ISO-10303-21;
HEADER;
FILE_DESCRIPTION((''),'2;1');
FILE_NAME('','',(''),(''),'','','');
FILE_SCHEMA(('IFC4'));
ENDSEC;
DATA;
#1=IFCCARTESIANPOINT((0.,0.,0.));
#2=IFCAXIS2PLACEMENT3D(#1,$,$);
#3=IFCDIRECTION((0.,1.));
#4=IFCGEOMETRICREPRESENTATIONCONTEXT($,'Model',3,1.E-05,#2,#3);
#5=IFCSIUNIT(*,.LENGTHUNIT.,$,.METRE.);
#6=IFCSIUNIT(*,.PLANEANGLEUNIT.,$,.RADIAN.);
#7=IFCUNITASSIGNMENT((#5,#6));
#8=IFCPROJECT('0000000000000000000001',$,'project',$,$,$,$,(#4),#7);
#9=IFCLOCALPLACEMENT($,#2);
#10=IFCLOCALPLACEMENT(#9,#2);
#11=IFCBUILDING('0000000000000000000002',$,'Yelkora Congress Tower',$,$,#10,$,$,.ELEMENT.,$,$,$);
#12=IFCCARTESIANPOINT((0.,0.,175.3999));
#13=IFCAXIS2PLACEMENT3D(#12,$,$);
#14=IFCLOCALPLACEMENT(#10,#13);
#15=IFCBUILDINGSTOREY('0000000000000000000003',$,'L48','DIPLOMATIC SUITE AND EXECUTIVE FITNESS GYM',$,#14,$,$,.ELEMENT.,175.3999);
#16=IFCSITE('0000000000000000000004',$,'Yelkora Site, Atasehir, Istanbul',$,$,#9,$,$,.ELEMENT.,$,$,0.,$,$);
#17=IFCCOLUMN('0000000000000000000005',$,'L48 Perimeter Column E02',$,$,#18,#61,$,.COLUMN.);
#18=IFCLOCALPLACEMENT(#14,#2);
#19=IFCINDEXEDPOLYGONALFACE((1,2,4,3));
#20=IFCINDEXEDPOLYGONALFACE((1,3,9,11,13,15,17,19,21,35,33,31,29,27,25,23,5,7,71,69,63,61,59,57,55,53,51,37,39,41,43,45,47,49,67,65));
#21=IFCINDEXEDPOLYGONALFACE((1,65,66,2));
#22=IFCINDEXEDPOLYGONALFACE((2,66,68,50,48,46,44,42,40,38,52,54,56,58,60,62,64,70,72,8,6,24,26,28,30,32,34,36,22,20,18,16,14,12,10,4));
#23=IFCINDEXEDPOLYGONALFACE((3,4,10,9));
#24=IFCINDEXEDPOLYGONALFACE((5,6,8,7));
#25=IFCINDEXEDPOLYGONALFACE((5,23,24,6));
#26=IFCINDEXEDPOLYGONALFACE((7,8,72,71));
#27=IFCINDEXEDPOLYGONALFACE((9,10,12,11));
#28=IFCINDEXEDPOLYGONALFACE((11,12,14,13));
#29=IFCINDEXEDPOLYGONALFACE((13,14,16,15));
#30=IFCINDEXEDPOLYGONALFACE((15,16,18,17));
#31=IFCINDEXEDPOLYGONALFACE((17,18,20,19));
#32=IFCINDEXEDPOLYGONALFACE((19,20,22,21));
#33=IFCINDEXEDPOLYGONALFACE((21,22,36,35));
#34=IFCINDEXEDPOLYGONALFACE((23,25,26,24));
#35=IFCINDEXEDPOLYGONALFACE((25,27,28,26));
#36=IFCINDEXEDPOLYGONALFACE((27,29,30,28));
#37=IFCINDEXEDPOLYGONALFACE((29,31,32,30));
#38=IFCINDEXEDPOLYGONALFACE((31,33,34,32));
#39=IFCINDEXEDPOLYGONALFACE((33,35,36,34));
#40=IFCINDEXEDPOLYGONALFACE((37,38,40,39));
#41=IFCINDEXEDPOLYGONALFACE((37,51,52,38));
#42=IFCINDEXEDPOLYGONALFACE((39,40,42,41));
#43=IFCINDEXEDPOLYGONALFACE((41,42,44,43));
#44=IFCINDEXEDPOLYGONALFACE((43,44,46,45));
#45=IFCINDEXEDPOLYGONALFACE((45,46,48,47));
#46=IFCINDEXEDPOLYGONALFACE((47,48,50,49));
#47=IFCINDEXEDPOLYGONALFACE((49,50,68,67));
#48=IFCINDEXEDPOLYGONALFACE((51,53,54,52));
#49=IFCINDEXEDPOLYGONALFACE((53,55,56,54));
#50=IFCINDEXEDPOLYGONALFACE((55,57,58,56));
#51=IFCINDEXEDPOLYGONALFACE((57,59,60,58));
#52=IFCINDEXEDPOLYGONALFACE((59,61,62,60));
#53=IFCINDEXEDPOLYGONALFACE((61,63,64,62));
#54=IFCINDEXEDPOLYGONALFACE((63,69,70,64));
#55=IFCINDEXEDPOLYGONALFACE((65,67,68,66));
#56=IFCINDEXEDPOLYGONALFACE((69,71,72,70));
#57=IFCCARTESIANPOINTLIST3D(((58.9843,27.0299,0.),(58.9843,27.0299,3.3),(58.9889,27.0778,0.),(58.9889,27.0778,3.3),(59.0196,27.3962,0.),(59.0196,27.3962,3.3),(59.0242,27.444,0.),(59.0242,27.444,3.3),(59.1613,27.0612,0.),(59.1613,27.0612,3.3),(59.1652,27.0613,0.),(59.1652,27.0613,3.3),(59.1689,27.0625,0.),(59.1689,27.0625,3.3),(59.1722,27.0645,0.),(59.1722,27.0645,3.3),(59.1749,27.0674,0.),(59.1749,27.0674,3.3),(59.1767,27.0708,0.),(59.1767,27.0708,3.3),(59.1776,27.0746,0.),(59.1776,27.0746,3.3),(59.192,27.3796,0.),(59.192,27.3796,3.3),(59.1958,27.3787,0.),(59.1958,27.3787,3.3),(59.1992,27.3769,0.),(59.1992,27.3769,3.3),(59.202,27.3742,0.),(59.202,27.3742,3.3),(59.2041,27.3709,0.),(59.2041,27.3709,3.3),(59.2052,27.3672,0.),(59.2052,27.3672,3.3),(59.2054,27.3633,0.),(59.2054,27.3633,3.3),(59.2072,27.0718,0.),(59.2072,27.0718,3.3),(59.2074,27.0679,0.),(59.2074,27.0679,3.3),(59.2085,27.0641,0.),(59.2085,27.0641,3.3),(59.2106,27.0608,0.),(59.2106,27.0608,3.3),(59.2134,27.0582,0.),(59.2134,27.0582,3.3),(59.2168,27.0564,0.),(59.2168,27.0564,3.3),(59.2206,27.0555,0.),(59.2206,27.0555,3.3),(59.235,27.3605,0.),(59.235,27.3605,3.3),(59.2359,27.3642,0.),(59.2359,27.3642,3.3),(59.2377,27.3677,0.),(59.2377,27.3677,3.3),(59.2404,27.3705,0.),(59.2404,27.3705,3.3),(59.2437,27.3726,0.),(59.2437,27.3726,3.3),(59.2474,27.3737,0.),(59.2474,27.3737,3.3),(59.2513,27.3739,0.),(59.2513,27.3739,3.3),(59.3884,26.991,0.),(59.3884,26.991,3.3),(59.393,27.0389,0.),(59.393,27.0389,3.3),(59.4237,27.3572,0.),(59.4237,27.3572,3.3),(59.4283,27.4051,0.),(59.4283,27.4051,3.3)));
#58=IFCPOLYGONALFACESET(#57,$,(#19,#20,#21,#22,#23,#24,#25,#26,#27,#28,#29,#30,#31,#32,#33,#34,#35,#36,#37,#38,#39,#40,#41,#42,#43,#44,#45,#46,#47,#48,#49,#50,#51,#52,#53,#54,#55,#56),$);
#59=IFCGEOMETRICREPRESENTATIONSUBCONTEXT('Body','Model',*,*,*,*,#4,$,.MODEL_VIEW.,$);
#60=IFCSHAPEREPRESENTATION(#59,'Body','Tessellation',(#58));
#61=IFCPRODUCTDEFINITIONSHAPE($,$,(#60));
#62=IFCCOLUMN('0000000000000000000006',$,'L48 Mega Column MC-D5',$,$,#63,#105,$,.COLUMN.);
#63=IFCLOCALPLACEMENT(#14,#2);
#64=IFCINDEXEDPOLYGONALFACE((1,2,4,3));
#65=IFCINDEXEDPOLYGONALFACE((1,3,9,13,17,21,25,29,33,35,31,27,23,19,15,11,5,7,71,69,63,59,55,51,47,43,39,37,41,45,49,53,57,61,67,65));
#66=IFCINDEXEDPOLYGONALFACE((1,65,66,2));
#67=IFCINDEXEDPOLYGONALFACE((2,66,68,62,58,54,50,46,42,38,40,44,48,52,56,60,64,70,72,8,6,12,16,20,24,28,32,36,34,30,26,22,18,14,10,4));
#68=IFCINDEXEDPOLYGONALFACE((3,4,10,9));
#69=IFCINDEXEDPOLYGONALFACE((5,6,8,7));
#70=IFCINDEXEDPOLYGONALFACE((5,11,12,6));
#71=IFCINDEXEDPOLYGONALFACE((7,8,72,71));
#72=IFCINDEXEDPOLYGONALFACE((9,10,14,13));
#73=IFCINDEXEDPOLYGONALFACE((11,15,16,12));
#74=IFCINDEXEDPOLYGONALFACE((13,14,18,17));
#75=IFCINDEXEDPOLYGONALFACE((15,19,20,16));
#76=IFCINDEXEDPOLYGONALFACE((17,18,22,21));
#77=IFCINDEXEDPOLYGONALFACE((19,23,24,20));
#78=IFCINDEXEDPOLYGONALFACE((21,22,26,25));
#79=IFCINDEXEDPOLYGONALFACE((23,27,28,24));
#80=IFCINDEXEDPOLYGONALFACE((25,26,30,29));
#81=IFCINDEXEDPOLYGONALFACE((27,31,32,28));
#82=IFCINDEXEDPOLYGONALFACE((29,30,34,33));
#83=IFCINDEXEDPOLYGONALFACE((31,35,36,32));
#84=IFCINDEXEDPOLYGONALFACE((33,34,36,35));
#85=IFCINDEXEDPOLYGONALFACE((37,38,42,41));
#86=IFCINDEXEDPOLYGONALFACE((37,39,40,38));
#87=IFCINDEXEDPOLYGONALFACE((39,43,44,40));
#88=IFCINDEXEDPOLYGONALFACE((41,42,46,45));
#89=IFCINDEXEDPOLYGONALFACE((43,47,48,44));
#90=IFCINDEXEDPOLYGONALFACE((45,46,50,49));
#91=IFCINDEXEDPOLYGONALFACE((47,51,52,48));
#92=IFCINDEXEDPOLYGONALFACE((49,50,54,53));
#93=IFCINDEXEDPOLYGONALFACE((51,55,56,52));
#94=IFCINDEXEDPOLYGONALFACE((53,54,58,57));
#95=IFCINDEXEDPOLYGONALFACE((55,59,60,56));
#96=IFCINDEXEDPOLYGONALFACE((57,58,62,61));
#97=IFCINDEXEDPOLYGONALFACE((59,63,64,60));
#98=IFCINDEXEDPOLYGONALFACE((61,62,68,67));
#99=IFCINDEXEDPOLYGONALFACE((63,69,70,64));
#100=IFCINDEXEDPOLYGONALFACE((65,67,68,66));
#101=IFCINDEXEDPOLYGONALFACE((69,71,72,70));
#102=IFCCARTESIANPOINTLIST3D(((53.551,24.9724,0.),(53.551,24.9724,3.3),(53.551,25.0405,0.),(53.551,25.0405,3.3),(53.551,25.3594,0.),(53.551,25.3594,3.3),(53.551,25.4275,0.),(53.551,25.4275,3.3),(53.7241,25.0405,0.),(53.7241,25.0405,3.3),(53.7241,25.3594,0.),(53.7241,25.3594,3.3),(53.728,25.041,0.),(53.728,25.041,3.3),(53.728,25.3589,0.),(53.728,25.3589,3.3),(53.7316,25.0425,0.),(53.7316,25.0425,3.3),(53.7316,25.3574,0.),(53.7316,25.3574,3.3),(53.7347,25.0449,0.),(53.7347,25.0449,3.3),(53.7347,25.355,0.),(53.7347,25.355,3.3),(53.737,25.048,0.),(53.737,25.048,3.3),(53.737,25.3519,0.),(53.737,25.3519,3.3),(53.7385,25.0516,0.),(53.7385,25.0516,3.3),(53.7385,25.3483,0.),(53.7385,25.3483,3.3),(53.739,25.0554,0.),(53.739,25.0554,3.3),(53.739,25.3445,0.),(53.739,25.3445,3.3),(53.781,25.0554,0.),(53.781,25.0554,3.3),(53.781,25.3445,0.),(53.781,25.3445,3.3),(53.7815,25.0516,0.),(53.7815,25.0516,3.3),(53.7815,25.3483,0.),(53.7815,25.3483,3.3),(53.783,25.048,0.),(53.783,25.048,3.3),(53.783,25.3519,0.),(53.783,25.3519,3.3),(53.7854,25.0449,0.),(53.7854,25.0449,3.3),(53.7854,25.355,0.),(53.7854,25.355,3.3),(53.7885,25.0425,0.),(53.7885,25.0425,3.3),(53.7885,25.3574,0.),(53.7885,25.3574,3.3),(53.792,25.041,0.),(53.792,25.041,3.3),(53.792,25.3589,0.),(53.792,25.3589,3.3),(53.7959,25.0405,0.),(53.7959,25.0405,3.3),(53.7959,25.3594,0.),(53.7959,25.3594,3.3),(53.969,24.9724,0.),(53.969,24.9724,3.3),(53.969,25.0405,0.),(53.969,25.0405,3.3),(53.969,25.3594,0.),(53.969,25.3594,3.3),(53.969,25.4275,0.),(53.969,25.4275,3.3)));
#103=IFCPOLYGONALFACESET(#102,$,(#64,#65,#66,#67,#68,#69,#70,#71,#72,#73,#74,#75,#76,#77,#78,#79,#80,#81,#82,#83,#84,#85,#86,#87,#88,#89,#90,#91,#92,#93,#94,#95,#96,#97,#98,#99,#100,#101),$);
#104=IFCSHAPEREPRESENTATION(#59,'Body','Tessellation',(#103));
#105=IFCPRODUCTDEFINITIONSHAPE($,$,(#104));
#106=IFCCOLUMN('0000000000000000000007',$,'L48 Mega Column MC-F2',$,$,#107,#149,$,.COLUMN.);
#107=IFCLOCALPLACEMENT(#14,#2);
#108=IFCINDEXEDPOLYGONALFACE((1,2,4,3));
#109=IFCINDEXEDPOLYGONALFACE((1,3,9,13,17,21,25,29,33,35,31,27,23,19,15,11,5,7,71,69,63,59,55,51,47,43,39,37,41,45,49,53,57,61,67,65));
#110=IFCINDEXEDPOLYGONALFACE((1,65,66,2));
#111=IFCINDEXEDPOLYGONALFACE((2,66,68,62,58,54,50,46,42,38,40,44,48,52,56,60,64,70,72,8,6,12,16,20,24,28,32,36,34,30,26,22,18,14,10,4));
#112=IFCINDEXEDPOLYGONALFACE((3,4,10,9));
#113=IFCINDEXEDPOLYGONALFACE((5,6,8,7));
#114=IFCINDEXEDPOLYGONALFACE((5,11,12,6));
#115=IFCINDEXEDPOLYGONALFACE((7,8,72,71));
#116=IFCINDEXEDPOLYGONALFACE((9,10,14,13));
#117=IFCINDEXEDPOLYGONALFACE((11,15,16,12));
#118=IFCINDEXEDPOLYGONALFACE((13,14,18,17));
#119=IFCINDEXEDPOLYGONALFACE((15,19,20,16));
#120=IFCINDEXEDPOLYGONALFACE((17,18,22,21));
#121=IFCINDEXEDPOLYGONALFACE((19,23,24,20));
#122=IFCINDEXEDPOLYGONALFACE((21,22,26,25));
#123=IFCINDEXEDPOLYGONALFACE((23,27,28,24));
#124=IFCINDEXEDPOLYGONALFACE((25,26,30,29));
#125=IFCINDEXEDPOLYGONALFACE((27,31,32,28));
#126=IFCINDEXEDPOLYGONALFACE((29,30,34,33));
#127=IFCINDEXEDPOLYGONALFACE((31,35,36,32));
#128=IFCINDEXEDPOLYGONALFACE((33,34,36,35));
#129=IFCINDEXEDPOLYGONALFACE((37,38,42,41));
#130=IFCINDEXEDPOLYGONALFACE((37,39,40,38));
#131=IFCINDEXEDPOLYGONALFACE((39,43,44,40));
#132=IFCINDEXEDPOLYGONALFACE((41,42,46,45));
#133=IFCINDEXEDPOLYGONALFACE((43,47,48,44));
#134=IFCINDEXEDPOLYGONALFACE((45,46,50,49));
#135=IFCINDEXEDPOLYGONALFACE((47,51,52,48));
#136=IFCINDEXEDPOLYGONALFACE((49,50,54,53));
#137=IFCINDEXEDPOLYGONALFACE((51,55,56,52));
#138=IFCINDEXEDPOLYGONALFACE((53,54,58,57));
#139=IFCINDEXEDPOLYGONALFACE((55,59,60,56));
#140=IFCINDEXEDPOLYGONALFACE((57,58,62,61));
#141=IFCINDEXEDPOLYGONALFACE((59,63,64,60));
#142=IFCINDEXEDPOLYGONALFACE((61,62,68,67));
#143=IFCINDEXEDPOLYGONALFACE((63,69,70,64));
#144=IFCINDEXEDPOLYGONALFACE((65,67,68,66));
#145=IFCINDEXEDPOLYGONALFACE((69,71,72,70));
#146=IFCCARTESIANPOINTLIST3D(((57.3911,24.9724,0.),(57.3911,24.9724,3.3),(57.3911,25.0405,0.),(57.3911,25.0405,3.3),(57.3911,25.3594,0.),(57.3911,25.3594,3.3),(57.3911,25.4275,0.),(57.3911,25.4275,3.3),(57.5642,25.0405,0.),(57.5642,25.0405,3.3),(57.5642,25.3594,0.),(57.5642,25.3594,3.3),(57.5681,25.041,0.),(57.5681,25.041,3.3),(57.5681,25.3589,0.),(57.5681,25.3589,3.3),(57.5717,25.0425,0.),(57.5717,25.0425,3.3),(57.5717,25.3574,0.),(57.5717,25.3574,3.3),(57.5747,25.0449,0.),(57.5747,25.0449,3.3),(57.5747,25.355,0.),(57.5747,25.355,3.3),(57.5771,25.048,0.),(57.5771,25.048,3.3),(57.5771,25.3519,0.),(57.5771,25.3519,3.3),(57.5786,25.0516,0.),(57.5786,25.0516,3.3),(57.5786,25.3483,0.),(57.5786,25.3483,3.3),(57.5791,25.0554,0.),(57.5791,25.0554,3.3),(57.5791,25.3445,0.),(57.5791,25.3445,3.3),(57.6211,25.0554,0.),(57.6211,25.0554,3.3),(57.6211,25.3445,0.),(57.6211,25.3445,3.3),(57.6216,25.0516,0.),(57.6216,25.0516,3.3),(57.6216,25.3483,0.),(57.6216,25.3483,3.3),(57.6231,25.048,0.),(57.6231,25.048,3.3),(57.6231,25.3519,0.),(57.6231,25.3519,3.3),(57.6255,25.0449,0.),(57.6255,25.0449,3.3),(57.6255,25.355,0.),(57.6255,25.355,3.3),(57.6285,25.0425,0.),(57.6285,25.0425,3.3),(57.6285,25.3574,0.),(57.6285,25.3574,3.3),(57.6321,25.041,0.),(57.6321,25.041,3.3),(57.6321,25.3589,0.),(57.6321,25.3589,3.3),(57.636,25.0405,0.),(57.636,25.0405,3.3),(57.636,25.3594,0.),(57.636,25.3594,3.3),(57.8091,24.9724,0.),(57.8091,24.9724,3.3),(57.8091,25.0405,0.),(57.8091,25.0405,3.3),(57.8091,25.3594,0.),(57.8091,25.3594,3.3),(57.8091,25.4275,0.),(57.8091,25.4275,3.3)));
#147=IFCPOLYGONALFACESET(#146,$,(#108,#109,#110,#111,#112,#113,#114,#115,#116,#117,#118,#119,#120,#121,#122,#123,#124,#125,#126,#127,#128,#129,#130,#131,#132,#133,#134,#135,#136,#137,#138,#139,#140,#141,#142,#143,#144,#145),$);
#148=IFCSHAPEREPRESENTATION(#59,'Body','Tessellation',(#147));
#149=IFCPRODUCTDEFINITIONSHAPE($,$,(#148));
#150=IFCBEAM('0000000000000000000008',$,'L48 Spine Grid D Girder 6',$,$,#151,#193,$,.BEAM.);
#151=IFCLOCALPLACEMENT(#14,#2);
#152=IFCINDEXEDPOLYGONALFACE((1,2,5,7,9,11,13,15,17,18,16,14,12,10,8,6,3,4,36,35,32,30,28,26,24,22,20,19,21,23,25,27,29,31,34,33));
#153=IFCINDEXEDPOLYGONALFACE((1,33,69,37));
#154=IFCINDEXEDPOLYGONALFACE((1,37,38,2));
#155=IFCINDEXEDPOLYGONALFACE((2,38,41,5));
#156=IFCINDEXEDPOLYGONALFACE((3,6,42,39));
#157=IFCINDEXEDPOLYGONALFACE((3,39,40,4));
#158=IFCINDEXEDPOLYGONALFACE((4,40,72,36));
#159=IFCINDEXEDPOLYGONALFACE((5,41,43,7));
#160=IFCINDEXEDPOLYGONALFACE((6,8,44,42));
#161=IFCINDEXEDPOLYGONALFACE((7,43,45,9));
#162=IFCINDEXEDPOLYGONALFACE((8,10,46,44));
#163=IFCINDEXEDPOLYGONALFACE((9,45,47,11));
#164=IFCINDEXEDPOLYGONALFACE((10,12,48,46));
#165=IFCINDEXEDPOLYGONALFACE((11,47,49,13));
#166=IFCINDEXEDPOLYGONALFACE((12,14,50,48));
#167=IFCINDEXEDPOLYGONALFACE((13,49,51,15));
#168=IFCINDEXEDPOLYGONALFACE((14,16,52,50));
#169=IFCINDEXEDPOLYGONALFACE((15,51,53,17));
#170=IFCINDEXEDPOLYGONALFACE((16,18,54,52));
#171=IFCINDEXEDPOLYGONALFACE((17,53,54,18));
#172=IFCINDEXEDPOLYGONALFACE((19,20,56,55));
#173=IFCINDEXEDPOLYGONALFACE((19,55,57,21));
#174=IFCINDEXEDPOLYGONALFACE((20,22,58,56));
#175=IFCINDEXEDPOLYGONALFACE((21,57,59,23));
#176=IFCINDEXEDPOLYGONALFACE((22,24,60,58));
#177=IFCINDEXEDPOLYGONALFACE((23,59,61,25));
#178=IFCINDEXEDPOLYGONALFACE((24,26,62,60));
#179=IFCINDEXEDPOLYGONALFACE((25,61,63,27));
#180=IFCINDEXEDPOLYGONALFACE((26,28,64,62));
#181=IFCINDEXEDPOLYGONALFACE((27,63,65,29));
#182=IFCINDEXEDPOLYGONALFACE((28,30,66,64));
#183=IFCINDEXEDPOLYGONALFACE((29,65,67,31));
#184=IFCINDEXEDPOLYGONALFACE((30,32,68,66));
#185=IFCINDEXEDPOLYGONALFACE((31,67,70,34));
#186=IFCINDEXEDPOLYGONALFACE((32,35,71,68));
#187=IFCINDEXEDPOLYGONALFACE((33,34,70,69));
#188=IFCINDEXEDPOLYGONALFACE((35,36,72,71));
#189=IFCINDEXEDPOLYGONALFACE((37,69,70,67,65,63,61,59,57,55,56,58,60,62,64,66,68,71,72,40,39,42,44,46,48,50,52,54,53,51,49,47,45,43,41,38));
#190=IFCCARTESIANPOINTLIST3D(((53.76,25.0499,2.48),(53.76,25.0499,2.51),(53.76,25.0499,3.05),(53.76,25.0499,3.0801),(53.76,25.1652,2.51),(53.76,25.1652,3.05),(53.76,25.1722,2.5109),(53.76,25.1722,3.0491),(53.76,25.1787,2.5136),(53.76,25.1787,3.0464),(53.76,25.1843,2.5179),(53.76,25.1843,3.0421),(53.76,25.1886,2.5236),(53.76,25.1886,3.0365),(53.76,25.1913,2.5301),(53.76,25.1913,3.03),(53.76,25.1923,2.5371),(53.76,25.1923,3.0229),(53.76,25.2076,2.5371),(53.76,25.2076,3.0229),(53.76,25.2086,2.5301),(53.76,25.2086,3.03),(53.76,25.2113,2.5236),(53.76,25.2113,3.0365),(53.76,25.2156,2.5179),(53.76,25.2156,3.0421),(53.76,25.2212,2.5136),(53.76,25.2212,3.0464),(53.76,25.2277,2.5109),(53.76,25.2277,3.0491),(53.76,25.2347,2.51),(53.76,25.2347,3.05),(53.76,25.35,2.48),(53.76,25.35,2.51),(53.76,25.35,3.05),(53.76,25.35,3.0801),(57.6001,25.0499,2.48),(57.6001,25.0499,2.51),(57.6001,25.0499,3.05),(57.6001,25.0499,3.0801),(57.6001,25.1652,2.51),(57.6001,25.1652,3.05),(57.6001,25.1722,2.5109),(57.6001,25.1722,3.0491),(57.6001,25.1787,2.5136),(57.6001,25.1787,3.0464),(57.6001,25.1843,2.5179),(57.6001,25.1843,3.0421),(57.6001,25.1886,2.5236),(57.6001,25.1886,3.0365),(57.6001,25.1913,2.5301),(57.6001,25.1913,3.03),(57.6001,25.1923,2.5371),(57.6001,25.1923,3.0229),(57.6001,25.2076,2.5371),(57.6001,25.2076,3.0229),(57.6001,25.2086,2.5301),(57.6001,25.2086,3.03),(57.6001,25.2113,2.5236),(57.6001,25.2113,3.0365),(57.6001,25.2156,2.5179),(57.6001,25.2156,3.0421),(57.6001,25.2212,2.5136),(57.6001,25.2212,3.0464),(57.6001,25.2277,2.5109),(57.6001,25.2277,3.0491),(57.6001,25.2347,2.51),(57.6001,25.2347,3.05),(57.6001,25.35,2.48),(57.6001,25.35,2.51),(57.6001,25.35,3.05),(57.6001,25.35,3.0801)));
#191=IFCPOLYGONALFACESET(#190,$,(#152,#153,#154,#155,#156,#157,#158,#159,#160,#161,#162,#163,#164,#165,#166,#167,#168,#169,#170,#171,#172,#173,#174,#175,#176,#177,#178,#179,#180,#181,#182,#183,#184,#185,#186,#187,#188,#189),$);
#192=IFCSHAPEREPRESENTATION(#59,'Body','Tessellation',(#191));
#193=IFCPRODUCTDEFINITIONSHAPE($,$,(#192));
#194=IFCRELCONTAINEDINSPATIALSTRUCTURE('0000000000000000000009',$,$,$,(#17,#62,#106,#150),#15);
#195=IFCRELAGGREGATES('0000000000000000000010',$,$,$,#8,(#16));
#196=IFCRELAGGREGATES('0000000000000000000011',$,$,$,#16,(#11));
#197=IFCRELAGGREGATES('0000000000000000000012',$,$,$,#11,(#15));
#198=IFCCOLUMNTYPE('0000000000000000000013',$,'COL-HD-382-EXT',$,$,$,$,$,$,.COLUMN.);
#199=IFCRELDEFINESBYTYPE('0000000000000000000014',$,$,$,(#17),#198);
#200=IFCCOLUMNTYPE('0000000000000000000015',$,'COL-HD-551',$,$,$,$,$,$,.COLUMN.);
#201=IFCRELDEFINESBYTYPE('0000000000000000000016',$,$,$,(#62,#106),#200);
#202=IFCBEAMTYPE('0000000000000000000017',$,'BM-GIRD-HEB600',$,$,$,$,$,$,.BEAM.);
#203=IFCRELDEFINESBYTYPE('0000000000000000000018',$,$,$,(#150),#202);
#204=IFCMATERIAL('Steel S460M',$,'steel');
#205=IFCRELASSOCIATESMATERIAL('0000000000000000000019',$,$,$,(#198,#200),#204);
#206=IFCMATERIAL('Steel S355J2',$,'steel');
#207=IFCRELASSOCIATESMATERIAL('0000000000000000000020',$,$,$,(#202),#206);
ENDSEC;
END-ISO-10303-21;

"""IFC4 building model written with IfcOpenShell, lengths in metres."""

from ifc_helpers import new_model, si_unit, direction, frame, origin, origin_2d, place, context, subcontext, project, spatial, i_section, extrude, material, material_profile, profile_set, type_object, element, save


model = new_model("IFC4")

# Units and contexts
model_context = context("Model", 3, precision=1e-05, world=origin(), true_north=direction((0.0, 1.0)))
body_context = subcontext(model_context, "Body", "Model", "MODEL_VIEW")
ifc_project = project(units=[si_unit("LENGTHUNIT", "METRE"), si_unit("PLANEANGLEUNIT", "RADIAN")], contexts=[model_context])

# Site, building, storey
site_placement = place(None, origin())
site = spatial("IfcSite", under=ifc_project, at=site_placement, Name="Yelkora Site, Atasehir, Istanbul", CompositionType="ELEMENT", RefElevation=0.0)
building_placement = place(site_placement, origin())
building = spatial("IfcBuilding", under=site, at=building_placement, Name="Yelkora Congress Tower", CompositionType="ELEMENT")
storey_placement = place(building_placement, frame((0.0, 0.0, 175.3999)))
storey = spatial("IfcBuildingStorey", under=building, at=storey_placement, Name="L48", Description="DIPLOMATIC SUITE AND EXECUTIVE FITNESS GYM", CompositionType="ELEMENT", Elevation=175.3999)

# Columns
ifc_material_1 = material(Name="Steel S460M", Category="steel")
ifc_material_profile_1 = material_profile(ifc_material_1, i_section(OverallWidth=0.406, OverallDepth=0.416, WebThickness=0.0298, FlangeThickness=0.0481, FilletRadius=0.0149, at=origin_2d()), Name="HD 400x382")
ifc_profile_set_1 = profile_set([ifc_material_profile_1], Name="Steel S460M")
column_type_1 = type_object("IfcColumnType", Name="COL-HD-382-EXT", PredefinedType="COLUMN", material=ifc_profile_set_1)
column_placement = place(storey_placement, frame((59.2063, 27.2175, 0.0), z_axis=(0.0, 0.0, 1.0), x_axis=(0.995396, -0.095846, 0.0)))
element("IfcColumn", 1, at=column_placement, inside=storey, type_object=column_type_1, Name="L48 Perimeter Column E02", PredefinedType="COLUMN", context=body_context, shape_type="SweptSolid", body=[
    extrude(i_section(OverallWidth=0.406, OverallDepth=0.416, WebThickness=0.0298, FlangeThickness=0.0481, FilletRadius=0.0149, at=origin_2d()), origin(), (0.0, 0.0, 1.0), 3.3),
])
ifc_material_profile_2 = material_profile(ifc_material_1, i_section(OverallWidth=0.418, OverallDepth=0.4551, WebThickness=0.042, FlangeThickness=0.0681, FilletRadius=0.0149, at=origin_2d()), Name="HD 400x551")
ifc_profile_set_2 = profile_set([ifc_material_profile_2], Name="Steel S460M")
column_type_2 = type_object("IfcColumnType", Name="COL-HD-551", PredefinedType="COLUMN", material=ifc_profile_set_2)
for number, where, z_axis, x_axis, name in (
    (2, (53.76, 25.2, 0.0), (0.0, 0.0, 1.0), (1.0, 0.0, 0.0), "L48 Mega Column MC-D5"),
    (3, (57.6001, 25.2, 0.0), (0.0, 0.0, 1.0), (1.0, 0.0, 0.0), "L48 Mega Column MC-F2"),
):
    element("IfcColumn", number, at=place(storey_placement, frame(where, z_axis=z_axis, x_axis=x_axis)), inside=storey, type_object=column_type_2, Name=name, PredefinedType="COLUMN", context=body_context, shape_type="SweptSolid", body=[
        extrude(i_section(OverallWidth=0.418, OverallDepth=0.4551, WebThickness=0.042, FlangeThickness=0.0681, FilletRadius=0.0149, at=origin_2d()), origin(), (0.0, 0.0, 1.0), 3.3),
    ])

# Beam
ifc_material_2 = material(Name="Steel S355J2", Category="steel")
ifc_material_profile_3 = material_profile(ifc_material_2, i_section(OverallWidth=0.3, OverallDepth=0.6001, WebThickness=0.0154, FlangeThickness=0.03, FilletRadius=0.0271, at=origin_2d()), Name="HEB 600")
ifc_profile_set_3 = profile_set([ifc_material_profile_3], Name="Steel S355J2")
beam_type_1 = type_object("IfcBeamType", Name="BM-GIRD-HEB600", PredefinedType="BEAM", material=ifc_profile_set_3)
beam_1_placement = place(storey_placement, frame((53.76, 25.2, 2.78), z_axis=(1.0, 0.0, 0.0), x_axis=(0.0, 1.0, 0.0)))
element("IfcBeam", 4, at=beam_1_placement, inside=storey, type_object=beam_type_1, Name="L48 Spine Grid D Girder 6", PredefinedType="BEAM", context=body_context, shape_type="SweptSolid", body=[
    extrude(i_section(OverallWidth=0.3, OverallDepth=0.6001, WebThickness=0.0154, FlangeThickness=0.03, FilletRadius=0.0271, at=origin_2d()), origin(), (0.0, 0.0, 1.0), 3.8401),
])

save(model, "model.ifc")
